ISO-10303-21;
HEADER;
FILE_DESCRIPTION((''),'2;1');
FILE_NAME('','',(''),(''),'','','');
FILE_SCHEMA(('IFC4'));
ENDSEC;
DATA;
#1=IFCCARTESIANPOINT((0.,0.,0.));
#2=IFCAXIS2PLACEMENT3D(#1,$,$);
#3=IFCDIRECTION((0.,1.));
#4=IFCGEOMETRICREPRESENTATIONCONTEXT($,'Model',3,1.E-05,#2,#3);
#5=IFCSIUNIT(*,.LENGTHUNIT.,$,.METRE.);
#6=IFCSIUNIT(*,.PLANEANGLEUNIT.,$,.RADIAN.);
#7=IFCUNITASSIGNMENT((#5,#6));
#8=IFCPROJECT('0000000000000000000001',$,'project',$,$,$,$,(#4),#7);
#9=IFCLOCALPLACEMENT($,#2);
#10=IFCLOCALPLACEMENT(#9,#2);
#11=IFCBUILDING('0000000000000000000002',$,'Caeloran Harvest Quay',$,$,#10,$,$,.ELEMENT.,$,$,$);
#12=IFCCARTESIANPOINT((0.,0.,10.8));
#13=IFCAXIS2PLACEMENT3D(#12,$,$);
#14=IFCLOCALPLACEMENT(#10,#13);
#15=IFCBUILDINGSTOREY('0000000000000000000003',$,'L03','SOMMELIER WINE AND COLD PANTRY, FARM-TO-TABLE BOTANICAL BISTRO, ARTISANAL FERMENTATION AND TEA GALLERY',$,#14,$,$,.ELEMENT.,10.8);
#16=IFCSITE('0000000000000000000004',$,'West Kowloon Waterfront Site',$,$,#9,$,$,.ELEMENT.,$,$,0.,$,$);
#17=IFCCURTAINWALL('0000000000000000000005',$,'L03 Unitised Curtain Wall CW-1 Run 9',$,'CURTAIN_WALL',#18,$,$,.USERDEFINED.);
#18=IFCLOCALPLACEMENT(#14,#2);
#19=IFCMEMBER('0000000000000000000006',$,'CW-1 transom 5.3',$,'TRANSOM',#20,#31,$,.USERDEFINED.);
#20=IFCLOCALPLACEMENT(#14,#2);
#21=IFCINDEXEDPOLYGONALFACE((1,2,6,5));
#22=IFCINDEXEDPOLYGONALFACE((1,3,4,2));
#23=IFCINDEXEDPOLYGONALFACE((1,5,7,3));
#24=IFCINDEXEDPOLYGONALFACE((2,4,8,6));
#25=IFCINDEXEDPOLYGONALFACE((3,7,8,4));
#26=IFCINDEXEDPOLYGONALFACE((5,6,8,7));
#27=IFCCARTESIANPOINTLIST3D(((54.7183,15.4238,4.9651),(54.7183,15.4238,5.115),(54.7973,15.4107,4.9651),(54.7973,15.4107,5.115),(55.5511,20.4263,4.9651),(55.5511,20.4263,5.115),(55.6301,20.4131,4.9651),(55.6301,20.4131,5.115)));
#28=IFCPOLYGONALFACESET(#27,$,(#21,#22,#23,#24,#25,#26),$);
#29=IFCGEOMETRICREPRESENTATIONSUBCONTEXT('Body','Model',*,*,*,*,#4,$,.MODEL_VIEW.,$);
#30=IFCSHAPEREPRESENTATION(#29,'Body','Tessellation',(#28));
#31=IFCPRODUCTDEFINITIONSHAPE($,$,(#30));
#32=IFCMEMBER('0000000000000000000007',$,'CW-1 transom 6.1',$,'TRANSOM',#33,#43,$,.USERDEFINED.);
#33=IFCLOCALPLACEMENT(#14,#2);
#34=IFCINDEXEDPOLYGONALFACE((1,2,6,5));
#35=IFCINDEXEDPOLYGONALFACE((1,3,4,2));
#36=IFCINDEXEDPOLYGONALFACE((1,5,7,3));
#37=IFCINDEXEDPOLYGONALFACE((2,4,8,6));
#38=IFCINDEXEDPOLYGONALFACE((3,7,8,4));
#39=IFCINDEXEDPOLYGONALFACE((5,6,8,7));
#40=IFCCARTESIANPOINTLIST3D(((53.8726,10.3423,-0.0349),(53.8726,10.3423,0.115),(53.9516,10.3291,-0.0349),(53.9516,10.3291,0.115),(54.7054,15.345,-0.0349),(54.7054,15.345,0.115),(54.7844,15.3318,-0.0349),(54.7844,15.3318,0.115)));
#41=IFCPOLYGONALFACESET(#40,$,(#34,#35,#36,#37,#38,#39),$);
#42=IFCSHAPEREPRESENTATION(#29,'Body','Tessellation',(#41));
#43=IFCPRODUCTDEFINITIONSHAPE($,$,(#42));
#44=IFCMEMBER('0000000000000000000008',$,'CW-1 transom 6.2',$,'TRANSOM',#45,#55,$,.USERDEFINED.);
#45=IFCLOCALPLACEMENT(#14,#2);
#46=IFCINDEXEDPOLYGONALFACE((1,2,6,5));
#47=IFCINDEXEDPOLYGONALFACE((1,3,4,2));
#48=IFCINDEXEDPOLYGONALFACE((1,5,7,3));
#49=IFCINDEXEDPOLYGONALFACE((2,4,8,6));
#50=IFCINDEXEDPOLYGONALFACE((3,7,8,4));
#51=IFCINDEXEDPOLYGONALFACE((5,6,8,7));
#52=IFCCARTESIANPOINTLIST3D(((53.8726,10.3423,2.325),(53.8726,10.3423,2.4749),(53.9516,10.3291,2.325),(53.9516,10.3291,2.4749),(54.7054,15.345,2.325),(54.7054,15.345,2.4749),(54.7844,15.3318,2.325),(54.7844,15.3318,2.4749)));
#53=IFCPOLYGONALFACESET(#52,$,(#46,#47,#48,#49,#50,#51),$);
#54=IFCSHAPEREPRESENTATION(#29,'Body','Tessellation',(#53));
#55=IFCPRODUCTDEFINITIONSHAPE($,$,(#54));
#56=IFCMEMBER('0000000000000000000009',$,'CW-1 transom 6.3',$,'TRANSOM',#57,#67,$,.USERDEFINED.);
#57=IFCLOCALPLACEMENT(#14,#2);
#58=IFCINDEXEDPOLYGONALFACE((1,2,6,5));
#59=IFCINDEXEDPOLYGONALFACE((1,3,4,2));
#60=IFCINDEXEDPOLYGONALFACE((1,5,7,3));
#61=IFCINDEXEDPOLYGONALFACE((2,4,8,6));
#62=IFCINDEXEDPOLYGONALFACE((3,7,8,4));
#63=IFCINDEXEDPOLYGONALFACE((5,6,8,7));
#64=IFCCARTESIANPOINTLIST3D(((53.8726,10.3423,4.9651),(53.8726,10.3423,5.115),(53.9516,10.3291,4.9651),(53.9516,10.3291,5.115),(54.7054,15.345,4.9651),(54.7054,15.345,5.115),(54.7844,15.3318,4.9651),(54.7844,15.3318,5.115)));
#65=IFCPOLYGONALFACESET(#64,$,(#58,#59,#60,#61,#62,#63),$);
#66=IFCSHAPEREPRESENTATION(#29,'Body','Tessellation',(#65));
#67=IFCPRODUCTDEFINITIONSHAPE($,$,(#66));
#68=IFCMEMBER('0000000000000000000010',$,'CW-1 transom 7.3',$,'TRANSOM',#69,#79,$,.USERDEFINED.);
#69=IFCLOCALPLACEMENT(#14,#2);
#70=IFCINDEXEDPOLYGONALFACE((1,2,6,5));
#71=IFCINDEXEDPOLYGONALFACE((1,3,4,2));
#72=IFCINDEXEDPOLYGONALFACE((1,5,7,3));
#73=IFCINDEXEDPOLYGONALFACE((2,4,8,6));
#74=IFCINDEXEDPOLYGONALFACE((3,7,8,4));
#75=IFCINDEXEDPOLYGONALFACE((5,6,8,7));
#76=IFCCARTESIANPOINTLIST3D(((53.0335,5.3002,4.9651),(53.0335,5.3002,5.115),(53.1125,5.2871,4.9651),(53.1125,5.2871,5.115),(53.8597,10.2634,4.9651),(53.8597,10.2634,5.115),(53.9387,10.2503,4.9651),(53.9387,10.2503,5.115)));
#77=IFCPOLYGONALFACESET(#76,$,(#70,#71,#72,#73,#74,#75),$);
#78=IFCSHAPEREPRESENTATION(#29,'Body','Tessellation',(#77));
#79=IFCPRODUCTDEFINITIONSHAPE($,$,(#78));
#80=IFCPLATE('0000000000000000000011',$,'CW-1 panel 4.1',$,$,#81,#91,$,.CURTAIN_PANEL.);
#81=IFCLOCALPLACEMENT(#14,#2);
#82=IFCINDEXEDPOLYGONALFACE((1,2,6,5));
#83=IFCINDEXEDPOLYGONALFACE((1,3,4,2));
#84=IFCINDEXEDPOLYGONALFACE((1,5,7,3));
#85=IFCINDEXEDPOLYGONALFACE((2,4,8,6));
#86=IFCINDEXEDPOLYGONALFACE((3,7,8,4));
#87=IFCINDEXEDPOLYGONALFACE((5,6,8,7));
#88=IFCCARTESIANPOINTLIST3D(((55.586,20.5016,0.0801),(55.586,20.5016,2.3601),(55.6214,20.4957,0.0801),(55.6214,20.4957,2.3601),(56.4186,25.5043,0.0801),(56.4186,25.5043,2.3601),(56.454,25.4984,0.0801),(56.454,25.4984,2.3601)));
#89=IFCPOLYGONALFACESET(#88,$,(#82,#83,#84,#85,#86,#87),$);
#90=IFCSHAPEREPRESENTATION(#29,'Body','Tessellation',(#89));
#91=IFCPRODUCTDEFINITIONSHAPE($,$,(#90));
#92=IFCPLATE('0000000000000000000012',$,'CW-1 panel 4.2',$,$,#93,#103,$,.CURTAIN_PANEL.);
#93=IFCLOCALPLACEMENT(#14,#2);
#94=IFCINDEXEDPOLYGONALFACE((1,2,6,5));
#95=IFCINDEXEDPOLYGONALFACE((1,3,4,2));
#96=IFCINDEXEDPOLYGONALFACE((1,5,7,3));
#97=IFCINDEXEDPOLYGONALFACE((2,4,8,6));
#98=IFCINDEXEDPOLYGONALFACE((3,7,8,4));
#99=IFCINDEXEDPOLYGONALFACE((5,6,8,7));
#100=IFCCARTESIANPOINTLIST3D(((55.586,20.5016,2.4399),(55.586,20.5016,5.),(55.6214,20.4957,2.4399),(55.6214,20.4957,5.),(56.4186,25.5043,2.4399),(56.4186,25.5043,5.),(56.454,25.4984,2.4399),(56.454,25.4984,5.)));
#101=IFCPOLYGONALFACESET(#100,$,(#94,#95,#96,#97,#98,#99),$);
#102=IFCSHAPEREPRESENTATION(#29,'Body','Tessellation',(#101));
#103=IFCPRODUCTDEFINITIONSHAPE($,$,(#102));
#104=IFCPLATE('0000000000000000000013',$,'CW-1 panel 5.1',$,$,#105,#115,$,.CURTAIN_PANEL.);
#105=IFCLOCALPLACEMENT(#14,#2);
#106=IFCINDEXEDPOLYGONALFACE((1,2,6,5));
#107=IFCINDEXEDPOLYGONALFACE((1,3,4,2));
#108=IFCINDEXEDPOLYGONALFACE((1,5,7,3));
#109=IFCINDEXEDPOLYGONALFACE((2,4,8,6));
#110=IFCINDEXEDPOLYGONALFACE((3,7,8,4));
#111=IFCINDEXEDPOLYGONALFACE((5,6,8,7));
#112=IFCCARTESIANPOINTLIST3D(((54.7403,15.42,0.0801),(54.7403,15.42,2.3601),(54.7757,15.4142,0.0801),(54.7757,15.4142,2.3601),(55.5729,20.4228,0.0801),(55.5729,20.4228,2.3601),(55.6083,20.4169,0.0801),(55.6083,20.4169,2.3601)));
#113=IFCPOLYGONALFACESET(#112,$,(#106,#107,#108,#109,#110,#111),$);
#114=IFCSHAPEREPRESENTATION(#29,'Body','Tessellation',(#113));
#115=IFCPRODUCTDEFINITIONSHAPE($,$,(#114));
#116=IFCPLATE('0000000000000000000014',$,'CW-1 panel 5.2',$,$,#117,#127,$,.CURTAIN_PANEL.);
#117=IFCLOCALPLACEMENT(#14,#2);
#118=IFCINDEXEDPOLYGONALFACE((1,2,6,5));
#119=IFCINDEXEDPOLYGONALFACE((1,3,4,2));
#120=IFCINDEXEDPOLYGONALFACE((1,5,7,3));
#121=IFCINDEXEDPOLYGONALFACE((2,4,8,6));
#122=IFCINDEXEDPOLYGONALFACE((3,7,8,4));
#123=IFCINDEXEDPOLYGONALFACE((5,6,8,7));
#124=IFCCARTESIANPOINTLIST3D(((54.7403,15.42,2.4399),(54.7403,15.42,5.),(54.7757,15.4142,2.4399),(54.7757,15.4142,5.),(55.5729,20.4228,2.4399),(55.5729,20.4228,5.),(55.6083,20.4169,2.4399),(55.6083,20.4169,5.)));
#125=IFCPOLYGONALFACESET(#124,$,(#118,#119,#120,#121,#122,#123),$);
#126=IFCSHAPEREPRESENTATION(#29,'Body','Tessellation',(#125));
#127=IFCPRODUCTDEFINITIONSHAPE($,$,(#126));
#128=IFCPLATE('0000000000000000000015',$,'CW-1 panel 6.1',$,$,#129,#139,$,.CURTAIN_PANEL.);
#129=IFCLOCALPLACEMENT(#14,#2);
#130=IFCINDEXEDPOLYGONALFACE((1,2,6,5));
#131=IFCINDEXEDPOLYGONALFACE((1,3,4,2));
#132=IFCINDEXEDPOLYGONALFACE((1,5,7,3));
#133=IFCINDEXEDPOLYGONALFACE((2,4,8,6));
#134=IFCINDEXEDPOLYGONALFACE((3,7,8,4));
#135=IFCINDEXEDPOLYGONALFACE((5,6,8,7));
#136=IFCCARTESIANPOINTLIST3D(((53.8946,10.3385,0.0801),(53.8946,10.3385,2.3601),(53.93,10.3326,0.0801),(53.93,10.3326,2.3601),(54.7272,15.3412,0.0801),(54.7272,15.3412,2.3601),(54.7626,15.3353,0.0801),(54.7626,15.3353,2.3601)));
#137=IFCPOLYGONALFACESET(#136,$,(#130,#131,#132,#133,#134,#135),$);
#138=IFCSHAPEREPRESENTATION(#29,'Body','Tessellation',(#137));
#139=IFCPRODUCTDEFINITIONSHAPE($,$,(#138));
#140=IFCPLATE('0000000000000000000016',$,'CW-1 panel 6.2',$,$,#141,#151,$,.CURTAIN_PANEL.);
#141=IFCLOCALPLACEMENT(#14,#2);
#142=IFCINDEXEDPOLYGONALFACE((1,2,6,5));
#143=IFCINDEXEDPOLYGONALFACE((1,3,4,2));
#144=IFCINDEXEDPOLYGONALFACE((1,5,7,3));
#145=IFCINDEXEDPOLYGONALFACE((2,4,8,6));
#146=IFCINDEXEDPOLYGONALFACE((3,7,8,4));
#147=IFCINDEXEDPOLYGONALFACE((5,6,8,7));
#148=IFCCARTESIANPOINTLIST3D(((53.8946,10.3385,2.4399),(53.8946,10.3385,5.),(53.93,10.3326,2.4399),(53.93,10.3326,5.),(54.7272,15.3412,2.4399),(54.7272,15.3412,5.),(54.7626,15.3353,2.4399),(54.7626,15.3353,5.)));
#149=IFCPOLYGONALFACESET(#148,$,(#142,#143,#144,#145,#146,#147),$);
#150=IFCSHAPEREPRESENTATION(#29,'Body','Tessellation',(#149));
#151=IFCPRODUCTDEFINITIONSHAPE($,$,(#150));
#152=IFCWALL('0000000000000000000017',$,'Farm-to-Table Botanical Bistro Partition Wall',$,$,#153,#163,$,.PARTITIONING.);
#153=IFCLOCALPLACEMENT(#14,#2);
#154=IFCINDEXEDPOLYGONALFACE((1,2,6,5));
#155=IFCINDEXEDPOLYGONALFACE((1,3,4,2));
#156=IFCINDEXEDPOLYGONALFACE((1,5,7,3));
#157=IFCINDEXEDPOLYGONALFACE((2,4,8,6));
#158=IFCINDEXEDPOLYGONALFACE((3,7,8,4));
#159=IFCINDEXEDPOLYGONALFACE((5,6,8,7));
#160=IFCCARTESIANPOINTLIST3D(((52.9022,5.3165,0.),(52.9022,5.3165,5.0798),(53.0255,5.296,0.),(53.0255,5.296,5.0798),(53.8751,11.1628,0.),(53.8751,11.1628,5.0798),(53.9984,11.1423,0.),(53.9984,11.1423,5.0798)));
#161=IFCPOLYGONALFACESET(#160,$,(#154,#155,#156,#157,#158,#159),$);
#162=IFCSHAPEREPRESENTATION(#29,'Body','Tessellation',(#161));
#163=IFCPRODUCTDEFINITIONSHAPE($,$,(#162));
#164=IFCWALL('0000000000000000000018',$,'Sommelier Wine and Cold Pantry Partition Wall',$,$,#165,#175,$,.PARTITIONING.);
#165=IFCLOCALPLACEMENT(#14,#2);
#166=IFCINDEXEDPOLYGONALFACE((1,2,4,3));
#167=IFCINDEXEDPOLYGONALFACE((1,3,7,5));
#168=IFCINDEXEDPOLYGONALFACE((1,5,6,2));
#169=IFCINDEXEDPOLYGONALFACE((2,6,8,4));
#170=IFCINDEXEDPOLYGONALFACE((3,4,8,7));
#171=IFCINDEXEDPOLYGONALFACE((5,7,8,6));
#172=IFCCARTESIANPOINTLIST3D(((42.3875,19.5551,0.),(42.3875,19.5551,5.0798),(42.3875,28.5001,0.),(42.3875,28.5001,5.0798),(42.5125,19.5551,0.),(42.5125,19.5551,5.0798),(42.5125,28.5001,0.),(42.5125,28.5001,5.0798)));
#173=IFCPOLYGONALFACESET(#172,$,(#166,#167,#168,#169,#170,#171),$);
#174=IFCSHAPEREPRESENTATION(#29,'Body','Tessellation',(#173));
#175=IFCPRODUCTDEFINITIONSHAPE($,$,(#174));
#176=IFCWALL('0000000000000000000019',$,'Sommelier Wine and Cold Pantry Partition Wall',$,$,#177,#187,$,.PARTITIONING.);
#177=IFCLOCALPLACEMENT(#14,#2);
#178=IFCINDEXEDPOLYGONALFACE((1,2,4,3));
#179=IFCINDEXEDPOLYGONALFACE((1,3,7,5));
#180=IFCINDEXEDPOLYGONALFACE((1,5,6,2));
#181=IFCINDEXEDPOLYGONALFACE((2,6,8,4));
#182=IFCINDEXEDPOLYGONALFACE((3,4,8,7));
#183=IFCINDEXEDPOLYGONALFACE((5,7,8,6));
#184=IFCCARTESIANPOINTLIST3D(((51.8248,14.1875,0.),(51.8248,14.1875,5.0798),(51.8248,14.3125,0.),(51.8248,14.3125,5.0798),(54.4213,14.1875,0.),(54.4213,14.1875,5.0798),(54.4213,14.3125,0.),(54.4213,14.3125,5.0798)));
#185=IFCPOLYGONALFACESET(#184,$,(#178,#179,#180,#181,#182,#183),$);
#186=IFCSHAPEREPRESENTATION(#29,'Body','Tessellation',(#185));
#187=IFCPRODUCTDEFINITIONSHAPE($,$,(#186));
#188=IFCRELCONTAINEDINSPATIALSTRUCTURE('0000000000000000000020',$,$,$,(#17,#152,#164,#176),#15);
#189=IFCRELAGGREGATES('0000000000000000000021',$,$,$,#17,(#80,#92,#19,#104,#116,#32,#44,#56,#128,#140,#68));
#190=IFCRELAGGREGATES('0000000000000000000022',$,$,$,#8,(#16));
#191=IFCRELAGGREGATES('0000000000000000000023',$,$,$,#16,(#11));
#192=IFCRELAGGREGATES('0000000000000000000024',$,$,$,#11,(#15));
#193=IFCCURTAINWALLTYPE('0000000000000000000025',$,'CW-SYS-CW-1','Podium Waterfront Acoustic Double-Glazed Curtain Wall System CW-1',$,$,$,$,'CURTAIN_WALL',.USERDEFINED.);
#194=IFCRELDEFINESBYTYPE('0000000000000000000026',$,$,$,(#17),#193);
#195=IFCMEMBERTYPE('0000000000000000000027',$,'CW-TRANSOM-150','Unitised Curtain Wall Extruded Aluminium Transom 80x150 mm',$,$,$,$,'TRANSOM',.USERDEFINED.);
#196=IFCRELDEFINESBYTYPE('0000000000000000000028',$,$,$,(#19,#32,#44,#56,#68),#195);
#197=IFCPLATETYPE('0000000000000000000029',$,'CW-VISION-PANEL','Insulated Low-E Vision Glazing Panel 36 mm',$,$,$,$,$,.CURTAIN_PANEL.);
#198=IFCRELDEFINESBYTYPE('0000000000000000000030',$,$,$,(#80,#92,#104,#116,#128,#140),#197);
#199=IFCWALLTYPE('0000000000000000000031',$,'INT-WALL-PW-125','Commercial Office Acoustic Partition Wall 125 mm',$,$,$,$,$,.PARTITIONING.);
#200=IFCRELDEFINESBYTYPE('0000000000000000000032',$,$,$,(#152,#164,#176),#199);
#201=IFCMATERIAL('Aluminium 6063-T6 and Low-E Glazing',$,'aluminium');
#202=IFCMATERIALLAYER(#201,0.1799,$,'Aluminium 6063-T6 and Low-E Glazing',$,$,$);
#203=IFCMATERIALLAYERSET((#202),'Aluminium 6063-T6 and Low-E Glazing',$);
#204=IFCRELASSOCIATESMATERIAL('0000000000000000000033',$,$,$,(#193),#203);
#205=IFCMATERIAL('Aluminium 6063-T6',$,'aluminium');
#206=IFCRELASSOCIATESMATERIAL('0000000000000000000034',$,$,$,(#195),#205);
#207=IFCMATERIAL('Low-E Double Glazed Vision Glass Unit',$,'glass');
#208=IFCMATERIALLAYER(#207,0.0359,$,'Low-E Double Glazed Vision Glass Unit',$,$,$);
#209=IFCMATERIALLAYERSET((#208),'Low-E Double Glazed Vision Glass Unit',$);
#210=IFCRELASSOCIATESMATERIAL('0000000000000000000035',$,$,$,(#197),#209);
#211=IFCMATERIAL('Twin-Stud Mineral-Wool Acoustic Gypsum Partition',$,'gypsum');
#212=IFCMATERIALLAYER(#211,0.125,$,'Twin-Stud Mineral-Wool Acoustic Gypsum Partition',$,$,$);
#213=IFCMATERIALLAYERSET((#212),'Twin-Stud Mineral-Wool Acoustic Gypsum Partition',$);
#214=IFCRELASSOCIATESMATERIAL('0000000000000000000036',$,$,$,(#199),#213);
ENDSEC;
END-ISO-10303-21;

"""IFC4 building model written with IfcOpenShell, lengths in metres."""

from ifc_helpers import new_model, si_unit, direction, frame, frame_2d, origin, origin_2d, place, context, subcontext, project, spatial, rectangle, extrude, material, layer, layer_set, material_profile, profile_set, type_object, element, aggregate, save


model = new_model("IFC4")

# Units and contexts
model_context = context("Model", 3, precision=1e-05, world=origin(), true_north=direction((0.0, 1.0)))
body_context = subcontext(model_context, "Body", "Model", "MODEL_VIEW")
ifc_project = project(units=[si_unit("LENGTHUNIT", "METRE"), si_unit("PLANEANGLEUNIT", "RADIAN")], contexts=[model_context])

# Site, building, storey
site_placement = place(None, origin())
site = spatial("IfcSite", under=ifc_project, at=site_placement, Name="West Kowloon Waterfront Site", CompositionType="ELEMENT", RefElevation=0.0)
building_placement = place(site_placement, origin())
building = spatial("IfcBuilding", under=site, at=building_placement, Name="Caeloran Harvest Quay", CompositionType="ELEMENT")
storey_placement = place(building_placement, frame((0.0, 0.0, 10.8)))
storey = spatial("IfcBuildingStorey", under=building, at=storey_placement, Name="L03", Description="SOMMELIER WINE AND COLD PANTRY, FARM-TO-TABLE BOTANICAL BISTRO, ARTISANAL FERMENTATION AND TEA GALLERY", CompositionType="ELEMENT", Elevation=10.8)

# Curtain wall, members, plates
ifc_material_1 = material(Name="Aluminium 6063-T6 and Low-E Glazing", Category="aluminium")
ifc_layer_1 = layer(ifc_material_1, 0.1799, Name="Aluminium 6063-T6 and Low-E Glazing")
ifc_layer_set_1 = layer_set([ifc_layer_1], Name="Aluminium 6063-T6 and Low-E Glazing")
curtain_wall_type = type_object("IfcCurtainWallType", Name="CW-SYS-CW-1", Description="Podium Waterfront Acoustic Double-Glazed Curtain Wall System CW-1", ElementType="CURTAIN_WALL", PredefinedType="USERDEFINED", material=ifc_layer_set_1)
curtain_wall_placement = place(storey_placement, origin())
curtain_wall = element("IfcCurtainWall", 1, at=curtain_wall_placement, inside=storey, type_object=curtain_wall_type, Name="L03 Unitised Curtain Wall CW-1 Run 9", ObjectType="CURTAIN_WALL", PredefinedType="USERDEFINED")
ifc_material_2 = material(Name="Aluminium 6063-T6", Category="aluminium")
ifc_material_profile_1 = material_profile(ifc_material_2, rectangle(XDim=0.0801, YDim=0.1499, at=origin_2d()), Name="CW-TRANSOM-150")
ifc_profile_set_1 = profile_set([ifc_material_profile_1], Name="Aluminium 6063-T6")
member_type_1 = type_object("IfcMemberType", Name="CW-TRANSOM-150", Description="Unitised Curtain Wall Extruded Aluminium Transom 80x150 mm", ElementType="TRANSOM", PredefinedType="USERDEFINED", material=ifc_profile_set_1)
member_1_placement = place(storey_placement, frame((55.5906, 20.4197, 5.04), z_axis=(-0.164212, -0.986425, 0.0), x_axis=(0.986425, -0.164212, 0.0)))
member_1 = element("IfcMember", 2, at=member_1_placement, type_object=member_type_1, Name="CW-1 transom 5.3", ObjectType="TRANSOM", PredefinedType="USERDEFINED", context=body_context, shape_type="SweptSolid", body=[
    extrude(rectangle(XDim=0.0801, YDim=0.1499, at=origin_2d()), origin(), (0.0, 0.0, 1.0), 5.0713),
])
member_2_placement = place(storey_placement, frame((54.7449, 15.3384, 0.04), z_axis=(-0.164204, -0.986426, 0.0), x_axis=(0.986426, -0.164204, 0.0)))
member_2 = element("IfcMember", 3, at=member_2_placement, type_object=member_type_1, Name="CW-1 transom 6.1", ObjectType="TRANSOM", PredefinedType="USERDEFINED", context=body_context, shape_type="SweptSolid", body=[
    extrude(rectangle(XDim=0.0801, YDim=0.1499, at=origin_2d()), origin(), (0.0, 0.0, 1.0), 5.0715),
])
member_3_placement = place(storey_placement, frame((54.7449, 15.3384, 2.3999), z_axis=(-0.164204, -0.986426, 0.0), x_axis=(0.986426, -0.164204, 0.0)))
member_3 = element("IfcMember", 4, at=member_3_placement, type_object=member_type_1, Name="CW-1 transom 6.2", ObjectType="TRANSOM", PredefinedType="USERDEFINED", context=body_context, shape_type="SweptSolid", body=[
    extrude(rectangle(XDim=0.0801, YDim=0.1499, at=origin_2d()), origin(), (0.0, 0.0, 1.0), 5.0715),
])
member_4_placement = place(storey_placement, frame((54.7449, 15.3384, 5.04), z_axis=(-0.164204, -0.986426, 0.0), x_axis=(0.986426, -0.164204, 0.0)))
member_4 = element("IfcMember", 5, at=member_4_placement, type_object=member_type_1, Name="CW-1 transom 6.3", ObjectType="TRANSOM", PredefinedType="USERDEFINED", context=body_context, shape_type="SweptSolid", body=[
    extrude(rectangle(XDim=0.0801, YDim=0.1499, at=origin_2d()), origin(), (0.0, 0.0, 1.0), 5.0715),
])
member_5_placement = place(storey_placement, frame((53.8992, 10.2568, 5.04), z_axis=(-0.164202, -0.986427, 0.0), x_axis=(0.986427, -0.164202, 0.0)))
member_5 = element("IfcMember", 6, at=member_5_placement, type_object=member_type_1, Name="CW-1 transom 7.3", ObjectType="TRANSOM", PredefinedType="USERDEFINED", context=body_context, shape_type="SweptSolid", body=[
    extrude(rectangle(XDim=0.0801, YDim=0.1499, at=origin_2d()), origin(), (0.0, 0.0, 1.0), 5.0315),
])
ifc_material_3 = material(Name="Low-E Double Glazed Vision Glass Unit", Category="glass")
ifc_layer_2 = layer(ifc_material_3, 0.0359, Name="Low-E Double Glazed Vision Glass Unit")
ifc_layer_set_2 = layer_set([ifc_layer_2], Name="Low-E Double Glazed Vision Glass Unit")
plate_type = type_object("IfcPlateType", Name="CW-VISION-PANEL", Description="Insulated Low-E Vision Glazing Panel 36 mm", PredefinedType="CURTAIN_PANEL", material=ifc_layer_set_2)
plate_1_placement = place(storey_placement, frame((56.02, 23.0, 0.0801), z_axis=(0.0, 0.0, 1.0), x_axis=(-0.164174, -0.986431, 0.0)))
plate_1 = element("IfcPlate", 7, at=plate_1_placement, type_object=plate_type, Name="CW-1 panel 4.1", PredefinedType="CURTAIN_PANEL", context=body_context, shape_type="SweptSolid", body=[
    extrude(rectangle(XDim=5.0715, YDim=0.0359, at=origin_2d()), origin(), (0.0, 0.0, 1.0), 2.28),
])
plate_2_placement = place(storey_placement, frame((56.02, 23.0, 2.4399), z_axis=(0.0, 0.0, 1.0), x_axis=(-0.164174, -0.986431, 0.0)))
plate_2 = element("IfcPlate", 8, at=plate_2_placement, type_object=plate_type, Name="CW-1 panel 4.2", PredefinedType="CURTAIN_PANEL", context=body_context, shape_type="SweptSolid", body=[
    extrude(rectangle(XDim=5.0715, YDim=0.0359, at=origin_2d()), origin(), (0.0, 0.0, 1.0), 2.5601),
])
plate_3_placement = place(storey_placement, frame((55.1743, 17.9185, 0.0801), z_axis=(0.0, 0.0, 1.0), x_axis=(-0.164174, -0.986431, 0.0)))
plate_3 = element("IfcPlate", 9, at=plate_3_placement, type_object=plate_type, Name="CW-1 panel 5.1", PredefinedType="CURTAIN_PANEL", context=body_context, shape_type="SweptSolid", body=[
    extrude(rectangle(XDim=5.0715, YDim=0.0359, at=origin_2d()), origin(), (0.0, 0.0, 1.0), 2.28),
])
plate_4_placement = place(storey_placement, frame((55.1743, 17.9185, 2.4399), z_axis=(0.0, 0.0, 1.0), x_axis=(-0.164174, -0.986431, 0.0)))
plate_4 = element("IfcPlate", 10, at=plate_4_placement, type_object=plate_type, Name="CW-1 panel 5.2", PredefinedType="CURTAIN_PANEL", context=body_context, shape_type="SweptSolid", body=[
    extrude(rectangle(XDim=5.0715, YDim=0.0359, at=origin_2d()), origin(), (0.0, 0.0, 1.0), 2.5601),
])
plate_5_placement = place(storey_placement, frame((54.3286, 12.8369, 0.0801), z_axis=(0.0, 0.0, 1.0), x_axis=(-0.164174, -0.986431, 0.0)))
plate_5 = element("IfcPlate", 11, at=plate_5_placement, type_object=plate_type, Name="CW-1 panel 6.1", PredefinedType="CURTAIN_PANEL", context=body_context, shape_type="SweptSolid", body=[
    extrude(rectangle(XDim=5.0715, YDim=0.0359, at=origin_2d()), origin(), (0.0, 0.0, 1.0), 2.28),
])
plate_6_placement = place(storey_placement, frame((54.3286, 12.8369, 2.4399), z_axis=(0.0, 0.0, 1.0), x_axis=(-0.164174, -0.986431, 0.0)))
plate_6 = element("IfcPlate", 12, at=plate_6_placement, type_object=plate_type, Name="CW-1 panel 6.2", PredefinedType="CURTAIN_PANEL", context=body_context, shape_type="SweptSolid", body=[
    extrude(rectangle(XDim=5.0715, YDim=0.0359, at=origin_2d()), origin(), (0.0, 0.0, 1.0), 2.5601),
])
aggregate(curtain_wall, [plate_1, plate_2, member_1, plate_3, plate_4, member_2, member_3, member_4, plate_5, plate_6, member_5])

# Walls
ifc_material_4 = material(Name="Twin-Stud Mineral-Wool Acoustic Gypsum Partition", Category="gypsum")
ifc_layer_3 = layer(ifc_material_4, 0.125, Name="Twin-Stud Mineral-Wool Acoustic Gypsum Partition")
ifc_layer_set_3 = layer_set([ifc_layer_3], Name="Twin-Stud Mineral-Wool Acoustic Gypsum Partition")
wall_type_1 = type_object("IfcWallType", Name="INT-WALL-PW-125", Description="Commercial Office Acoustic Partition Wall 125 mm", PredefinedType="PARTITIONING", material=ifc_layer_set_3)
wall_1_placement = place(storey_placement, frame((53.9368, 11.1526, 0.0), z_axis=(0.0, 0.0, 1.0), x_axis=(-0.164152, -0.986435, 0.0)))
element("IfcWall", 13, at=wall_1_placement, inside=storey, type_object=wall_type_1, Name="Farm-to-Table Botanical Bistro Partition Wall", PredefinedType="PARTITIONING", context=body_context, shape_type="SweptSolid", body=[
    extrude(rectangle(XDim=5.9268, YDim=0.125, at=frame_2d((2.9634, 0.0))), origin(), (0.0, 0.0, 1.0), 5.0798),
])
wall_2_placement = place(storey_placement, frame((42.45, 19.5549, 0.0), z_axis=(0.0, 0.0, 1.0), x_axis=(0.0, 1.0, 0.0)))
element("IfcWall", 14, at=wall_2_placement, inside=storey, type_object=wall_type_1, Name="Sommelier Wine and Cold Pantry Partition Wall", PredefinedType="PARTITIONING", context=body_context, shape_type="SweptSolid", body=[
    extrude(rectangle(XDim=8.9451, YDim=0.125, at=frame_2d((4.4727, 0.0))), origin(), (0.0, 0.0, 1.0), 5.0798),
])
wall_3_placement = place(storey_placement, frame((54.4214, 14.25, 0.0), z_axis=(0.0, 0.0, 1.0), x_axis=(-1.0, 0.0, 0.0)))
element("IfcWall", 15, at=wall_3_placement, inside=storey, type_object=wall_type_1, Name="Sommelier Wine and Cold Pantry Partition Wall", PredefinedType="PARTITIONING", context=body_context, shape_type="SweptSolid", body=[
    extrude(rectangle(XDim=2.5964, YDim=0.125, at=frame_2d((1.2983, 0.0))), origin(), (0.0, 0.0, 1.0), 5.0798),
])

save(model, "model.ifc")
